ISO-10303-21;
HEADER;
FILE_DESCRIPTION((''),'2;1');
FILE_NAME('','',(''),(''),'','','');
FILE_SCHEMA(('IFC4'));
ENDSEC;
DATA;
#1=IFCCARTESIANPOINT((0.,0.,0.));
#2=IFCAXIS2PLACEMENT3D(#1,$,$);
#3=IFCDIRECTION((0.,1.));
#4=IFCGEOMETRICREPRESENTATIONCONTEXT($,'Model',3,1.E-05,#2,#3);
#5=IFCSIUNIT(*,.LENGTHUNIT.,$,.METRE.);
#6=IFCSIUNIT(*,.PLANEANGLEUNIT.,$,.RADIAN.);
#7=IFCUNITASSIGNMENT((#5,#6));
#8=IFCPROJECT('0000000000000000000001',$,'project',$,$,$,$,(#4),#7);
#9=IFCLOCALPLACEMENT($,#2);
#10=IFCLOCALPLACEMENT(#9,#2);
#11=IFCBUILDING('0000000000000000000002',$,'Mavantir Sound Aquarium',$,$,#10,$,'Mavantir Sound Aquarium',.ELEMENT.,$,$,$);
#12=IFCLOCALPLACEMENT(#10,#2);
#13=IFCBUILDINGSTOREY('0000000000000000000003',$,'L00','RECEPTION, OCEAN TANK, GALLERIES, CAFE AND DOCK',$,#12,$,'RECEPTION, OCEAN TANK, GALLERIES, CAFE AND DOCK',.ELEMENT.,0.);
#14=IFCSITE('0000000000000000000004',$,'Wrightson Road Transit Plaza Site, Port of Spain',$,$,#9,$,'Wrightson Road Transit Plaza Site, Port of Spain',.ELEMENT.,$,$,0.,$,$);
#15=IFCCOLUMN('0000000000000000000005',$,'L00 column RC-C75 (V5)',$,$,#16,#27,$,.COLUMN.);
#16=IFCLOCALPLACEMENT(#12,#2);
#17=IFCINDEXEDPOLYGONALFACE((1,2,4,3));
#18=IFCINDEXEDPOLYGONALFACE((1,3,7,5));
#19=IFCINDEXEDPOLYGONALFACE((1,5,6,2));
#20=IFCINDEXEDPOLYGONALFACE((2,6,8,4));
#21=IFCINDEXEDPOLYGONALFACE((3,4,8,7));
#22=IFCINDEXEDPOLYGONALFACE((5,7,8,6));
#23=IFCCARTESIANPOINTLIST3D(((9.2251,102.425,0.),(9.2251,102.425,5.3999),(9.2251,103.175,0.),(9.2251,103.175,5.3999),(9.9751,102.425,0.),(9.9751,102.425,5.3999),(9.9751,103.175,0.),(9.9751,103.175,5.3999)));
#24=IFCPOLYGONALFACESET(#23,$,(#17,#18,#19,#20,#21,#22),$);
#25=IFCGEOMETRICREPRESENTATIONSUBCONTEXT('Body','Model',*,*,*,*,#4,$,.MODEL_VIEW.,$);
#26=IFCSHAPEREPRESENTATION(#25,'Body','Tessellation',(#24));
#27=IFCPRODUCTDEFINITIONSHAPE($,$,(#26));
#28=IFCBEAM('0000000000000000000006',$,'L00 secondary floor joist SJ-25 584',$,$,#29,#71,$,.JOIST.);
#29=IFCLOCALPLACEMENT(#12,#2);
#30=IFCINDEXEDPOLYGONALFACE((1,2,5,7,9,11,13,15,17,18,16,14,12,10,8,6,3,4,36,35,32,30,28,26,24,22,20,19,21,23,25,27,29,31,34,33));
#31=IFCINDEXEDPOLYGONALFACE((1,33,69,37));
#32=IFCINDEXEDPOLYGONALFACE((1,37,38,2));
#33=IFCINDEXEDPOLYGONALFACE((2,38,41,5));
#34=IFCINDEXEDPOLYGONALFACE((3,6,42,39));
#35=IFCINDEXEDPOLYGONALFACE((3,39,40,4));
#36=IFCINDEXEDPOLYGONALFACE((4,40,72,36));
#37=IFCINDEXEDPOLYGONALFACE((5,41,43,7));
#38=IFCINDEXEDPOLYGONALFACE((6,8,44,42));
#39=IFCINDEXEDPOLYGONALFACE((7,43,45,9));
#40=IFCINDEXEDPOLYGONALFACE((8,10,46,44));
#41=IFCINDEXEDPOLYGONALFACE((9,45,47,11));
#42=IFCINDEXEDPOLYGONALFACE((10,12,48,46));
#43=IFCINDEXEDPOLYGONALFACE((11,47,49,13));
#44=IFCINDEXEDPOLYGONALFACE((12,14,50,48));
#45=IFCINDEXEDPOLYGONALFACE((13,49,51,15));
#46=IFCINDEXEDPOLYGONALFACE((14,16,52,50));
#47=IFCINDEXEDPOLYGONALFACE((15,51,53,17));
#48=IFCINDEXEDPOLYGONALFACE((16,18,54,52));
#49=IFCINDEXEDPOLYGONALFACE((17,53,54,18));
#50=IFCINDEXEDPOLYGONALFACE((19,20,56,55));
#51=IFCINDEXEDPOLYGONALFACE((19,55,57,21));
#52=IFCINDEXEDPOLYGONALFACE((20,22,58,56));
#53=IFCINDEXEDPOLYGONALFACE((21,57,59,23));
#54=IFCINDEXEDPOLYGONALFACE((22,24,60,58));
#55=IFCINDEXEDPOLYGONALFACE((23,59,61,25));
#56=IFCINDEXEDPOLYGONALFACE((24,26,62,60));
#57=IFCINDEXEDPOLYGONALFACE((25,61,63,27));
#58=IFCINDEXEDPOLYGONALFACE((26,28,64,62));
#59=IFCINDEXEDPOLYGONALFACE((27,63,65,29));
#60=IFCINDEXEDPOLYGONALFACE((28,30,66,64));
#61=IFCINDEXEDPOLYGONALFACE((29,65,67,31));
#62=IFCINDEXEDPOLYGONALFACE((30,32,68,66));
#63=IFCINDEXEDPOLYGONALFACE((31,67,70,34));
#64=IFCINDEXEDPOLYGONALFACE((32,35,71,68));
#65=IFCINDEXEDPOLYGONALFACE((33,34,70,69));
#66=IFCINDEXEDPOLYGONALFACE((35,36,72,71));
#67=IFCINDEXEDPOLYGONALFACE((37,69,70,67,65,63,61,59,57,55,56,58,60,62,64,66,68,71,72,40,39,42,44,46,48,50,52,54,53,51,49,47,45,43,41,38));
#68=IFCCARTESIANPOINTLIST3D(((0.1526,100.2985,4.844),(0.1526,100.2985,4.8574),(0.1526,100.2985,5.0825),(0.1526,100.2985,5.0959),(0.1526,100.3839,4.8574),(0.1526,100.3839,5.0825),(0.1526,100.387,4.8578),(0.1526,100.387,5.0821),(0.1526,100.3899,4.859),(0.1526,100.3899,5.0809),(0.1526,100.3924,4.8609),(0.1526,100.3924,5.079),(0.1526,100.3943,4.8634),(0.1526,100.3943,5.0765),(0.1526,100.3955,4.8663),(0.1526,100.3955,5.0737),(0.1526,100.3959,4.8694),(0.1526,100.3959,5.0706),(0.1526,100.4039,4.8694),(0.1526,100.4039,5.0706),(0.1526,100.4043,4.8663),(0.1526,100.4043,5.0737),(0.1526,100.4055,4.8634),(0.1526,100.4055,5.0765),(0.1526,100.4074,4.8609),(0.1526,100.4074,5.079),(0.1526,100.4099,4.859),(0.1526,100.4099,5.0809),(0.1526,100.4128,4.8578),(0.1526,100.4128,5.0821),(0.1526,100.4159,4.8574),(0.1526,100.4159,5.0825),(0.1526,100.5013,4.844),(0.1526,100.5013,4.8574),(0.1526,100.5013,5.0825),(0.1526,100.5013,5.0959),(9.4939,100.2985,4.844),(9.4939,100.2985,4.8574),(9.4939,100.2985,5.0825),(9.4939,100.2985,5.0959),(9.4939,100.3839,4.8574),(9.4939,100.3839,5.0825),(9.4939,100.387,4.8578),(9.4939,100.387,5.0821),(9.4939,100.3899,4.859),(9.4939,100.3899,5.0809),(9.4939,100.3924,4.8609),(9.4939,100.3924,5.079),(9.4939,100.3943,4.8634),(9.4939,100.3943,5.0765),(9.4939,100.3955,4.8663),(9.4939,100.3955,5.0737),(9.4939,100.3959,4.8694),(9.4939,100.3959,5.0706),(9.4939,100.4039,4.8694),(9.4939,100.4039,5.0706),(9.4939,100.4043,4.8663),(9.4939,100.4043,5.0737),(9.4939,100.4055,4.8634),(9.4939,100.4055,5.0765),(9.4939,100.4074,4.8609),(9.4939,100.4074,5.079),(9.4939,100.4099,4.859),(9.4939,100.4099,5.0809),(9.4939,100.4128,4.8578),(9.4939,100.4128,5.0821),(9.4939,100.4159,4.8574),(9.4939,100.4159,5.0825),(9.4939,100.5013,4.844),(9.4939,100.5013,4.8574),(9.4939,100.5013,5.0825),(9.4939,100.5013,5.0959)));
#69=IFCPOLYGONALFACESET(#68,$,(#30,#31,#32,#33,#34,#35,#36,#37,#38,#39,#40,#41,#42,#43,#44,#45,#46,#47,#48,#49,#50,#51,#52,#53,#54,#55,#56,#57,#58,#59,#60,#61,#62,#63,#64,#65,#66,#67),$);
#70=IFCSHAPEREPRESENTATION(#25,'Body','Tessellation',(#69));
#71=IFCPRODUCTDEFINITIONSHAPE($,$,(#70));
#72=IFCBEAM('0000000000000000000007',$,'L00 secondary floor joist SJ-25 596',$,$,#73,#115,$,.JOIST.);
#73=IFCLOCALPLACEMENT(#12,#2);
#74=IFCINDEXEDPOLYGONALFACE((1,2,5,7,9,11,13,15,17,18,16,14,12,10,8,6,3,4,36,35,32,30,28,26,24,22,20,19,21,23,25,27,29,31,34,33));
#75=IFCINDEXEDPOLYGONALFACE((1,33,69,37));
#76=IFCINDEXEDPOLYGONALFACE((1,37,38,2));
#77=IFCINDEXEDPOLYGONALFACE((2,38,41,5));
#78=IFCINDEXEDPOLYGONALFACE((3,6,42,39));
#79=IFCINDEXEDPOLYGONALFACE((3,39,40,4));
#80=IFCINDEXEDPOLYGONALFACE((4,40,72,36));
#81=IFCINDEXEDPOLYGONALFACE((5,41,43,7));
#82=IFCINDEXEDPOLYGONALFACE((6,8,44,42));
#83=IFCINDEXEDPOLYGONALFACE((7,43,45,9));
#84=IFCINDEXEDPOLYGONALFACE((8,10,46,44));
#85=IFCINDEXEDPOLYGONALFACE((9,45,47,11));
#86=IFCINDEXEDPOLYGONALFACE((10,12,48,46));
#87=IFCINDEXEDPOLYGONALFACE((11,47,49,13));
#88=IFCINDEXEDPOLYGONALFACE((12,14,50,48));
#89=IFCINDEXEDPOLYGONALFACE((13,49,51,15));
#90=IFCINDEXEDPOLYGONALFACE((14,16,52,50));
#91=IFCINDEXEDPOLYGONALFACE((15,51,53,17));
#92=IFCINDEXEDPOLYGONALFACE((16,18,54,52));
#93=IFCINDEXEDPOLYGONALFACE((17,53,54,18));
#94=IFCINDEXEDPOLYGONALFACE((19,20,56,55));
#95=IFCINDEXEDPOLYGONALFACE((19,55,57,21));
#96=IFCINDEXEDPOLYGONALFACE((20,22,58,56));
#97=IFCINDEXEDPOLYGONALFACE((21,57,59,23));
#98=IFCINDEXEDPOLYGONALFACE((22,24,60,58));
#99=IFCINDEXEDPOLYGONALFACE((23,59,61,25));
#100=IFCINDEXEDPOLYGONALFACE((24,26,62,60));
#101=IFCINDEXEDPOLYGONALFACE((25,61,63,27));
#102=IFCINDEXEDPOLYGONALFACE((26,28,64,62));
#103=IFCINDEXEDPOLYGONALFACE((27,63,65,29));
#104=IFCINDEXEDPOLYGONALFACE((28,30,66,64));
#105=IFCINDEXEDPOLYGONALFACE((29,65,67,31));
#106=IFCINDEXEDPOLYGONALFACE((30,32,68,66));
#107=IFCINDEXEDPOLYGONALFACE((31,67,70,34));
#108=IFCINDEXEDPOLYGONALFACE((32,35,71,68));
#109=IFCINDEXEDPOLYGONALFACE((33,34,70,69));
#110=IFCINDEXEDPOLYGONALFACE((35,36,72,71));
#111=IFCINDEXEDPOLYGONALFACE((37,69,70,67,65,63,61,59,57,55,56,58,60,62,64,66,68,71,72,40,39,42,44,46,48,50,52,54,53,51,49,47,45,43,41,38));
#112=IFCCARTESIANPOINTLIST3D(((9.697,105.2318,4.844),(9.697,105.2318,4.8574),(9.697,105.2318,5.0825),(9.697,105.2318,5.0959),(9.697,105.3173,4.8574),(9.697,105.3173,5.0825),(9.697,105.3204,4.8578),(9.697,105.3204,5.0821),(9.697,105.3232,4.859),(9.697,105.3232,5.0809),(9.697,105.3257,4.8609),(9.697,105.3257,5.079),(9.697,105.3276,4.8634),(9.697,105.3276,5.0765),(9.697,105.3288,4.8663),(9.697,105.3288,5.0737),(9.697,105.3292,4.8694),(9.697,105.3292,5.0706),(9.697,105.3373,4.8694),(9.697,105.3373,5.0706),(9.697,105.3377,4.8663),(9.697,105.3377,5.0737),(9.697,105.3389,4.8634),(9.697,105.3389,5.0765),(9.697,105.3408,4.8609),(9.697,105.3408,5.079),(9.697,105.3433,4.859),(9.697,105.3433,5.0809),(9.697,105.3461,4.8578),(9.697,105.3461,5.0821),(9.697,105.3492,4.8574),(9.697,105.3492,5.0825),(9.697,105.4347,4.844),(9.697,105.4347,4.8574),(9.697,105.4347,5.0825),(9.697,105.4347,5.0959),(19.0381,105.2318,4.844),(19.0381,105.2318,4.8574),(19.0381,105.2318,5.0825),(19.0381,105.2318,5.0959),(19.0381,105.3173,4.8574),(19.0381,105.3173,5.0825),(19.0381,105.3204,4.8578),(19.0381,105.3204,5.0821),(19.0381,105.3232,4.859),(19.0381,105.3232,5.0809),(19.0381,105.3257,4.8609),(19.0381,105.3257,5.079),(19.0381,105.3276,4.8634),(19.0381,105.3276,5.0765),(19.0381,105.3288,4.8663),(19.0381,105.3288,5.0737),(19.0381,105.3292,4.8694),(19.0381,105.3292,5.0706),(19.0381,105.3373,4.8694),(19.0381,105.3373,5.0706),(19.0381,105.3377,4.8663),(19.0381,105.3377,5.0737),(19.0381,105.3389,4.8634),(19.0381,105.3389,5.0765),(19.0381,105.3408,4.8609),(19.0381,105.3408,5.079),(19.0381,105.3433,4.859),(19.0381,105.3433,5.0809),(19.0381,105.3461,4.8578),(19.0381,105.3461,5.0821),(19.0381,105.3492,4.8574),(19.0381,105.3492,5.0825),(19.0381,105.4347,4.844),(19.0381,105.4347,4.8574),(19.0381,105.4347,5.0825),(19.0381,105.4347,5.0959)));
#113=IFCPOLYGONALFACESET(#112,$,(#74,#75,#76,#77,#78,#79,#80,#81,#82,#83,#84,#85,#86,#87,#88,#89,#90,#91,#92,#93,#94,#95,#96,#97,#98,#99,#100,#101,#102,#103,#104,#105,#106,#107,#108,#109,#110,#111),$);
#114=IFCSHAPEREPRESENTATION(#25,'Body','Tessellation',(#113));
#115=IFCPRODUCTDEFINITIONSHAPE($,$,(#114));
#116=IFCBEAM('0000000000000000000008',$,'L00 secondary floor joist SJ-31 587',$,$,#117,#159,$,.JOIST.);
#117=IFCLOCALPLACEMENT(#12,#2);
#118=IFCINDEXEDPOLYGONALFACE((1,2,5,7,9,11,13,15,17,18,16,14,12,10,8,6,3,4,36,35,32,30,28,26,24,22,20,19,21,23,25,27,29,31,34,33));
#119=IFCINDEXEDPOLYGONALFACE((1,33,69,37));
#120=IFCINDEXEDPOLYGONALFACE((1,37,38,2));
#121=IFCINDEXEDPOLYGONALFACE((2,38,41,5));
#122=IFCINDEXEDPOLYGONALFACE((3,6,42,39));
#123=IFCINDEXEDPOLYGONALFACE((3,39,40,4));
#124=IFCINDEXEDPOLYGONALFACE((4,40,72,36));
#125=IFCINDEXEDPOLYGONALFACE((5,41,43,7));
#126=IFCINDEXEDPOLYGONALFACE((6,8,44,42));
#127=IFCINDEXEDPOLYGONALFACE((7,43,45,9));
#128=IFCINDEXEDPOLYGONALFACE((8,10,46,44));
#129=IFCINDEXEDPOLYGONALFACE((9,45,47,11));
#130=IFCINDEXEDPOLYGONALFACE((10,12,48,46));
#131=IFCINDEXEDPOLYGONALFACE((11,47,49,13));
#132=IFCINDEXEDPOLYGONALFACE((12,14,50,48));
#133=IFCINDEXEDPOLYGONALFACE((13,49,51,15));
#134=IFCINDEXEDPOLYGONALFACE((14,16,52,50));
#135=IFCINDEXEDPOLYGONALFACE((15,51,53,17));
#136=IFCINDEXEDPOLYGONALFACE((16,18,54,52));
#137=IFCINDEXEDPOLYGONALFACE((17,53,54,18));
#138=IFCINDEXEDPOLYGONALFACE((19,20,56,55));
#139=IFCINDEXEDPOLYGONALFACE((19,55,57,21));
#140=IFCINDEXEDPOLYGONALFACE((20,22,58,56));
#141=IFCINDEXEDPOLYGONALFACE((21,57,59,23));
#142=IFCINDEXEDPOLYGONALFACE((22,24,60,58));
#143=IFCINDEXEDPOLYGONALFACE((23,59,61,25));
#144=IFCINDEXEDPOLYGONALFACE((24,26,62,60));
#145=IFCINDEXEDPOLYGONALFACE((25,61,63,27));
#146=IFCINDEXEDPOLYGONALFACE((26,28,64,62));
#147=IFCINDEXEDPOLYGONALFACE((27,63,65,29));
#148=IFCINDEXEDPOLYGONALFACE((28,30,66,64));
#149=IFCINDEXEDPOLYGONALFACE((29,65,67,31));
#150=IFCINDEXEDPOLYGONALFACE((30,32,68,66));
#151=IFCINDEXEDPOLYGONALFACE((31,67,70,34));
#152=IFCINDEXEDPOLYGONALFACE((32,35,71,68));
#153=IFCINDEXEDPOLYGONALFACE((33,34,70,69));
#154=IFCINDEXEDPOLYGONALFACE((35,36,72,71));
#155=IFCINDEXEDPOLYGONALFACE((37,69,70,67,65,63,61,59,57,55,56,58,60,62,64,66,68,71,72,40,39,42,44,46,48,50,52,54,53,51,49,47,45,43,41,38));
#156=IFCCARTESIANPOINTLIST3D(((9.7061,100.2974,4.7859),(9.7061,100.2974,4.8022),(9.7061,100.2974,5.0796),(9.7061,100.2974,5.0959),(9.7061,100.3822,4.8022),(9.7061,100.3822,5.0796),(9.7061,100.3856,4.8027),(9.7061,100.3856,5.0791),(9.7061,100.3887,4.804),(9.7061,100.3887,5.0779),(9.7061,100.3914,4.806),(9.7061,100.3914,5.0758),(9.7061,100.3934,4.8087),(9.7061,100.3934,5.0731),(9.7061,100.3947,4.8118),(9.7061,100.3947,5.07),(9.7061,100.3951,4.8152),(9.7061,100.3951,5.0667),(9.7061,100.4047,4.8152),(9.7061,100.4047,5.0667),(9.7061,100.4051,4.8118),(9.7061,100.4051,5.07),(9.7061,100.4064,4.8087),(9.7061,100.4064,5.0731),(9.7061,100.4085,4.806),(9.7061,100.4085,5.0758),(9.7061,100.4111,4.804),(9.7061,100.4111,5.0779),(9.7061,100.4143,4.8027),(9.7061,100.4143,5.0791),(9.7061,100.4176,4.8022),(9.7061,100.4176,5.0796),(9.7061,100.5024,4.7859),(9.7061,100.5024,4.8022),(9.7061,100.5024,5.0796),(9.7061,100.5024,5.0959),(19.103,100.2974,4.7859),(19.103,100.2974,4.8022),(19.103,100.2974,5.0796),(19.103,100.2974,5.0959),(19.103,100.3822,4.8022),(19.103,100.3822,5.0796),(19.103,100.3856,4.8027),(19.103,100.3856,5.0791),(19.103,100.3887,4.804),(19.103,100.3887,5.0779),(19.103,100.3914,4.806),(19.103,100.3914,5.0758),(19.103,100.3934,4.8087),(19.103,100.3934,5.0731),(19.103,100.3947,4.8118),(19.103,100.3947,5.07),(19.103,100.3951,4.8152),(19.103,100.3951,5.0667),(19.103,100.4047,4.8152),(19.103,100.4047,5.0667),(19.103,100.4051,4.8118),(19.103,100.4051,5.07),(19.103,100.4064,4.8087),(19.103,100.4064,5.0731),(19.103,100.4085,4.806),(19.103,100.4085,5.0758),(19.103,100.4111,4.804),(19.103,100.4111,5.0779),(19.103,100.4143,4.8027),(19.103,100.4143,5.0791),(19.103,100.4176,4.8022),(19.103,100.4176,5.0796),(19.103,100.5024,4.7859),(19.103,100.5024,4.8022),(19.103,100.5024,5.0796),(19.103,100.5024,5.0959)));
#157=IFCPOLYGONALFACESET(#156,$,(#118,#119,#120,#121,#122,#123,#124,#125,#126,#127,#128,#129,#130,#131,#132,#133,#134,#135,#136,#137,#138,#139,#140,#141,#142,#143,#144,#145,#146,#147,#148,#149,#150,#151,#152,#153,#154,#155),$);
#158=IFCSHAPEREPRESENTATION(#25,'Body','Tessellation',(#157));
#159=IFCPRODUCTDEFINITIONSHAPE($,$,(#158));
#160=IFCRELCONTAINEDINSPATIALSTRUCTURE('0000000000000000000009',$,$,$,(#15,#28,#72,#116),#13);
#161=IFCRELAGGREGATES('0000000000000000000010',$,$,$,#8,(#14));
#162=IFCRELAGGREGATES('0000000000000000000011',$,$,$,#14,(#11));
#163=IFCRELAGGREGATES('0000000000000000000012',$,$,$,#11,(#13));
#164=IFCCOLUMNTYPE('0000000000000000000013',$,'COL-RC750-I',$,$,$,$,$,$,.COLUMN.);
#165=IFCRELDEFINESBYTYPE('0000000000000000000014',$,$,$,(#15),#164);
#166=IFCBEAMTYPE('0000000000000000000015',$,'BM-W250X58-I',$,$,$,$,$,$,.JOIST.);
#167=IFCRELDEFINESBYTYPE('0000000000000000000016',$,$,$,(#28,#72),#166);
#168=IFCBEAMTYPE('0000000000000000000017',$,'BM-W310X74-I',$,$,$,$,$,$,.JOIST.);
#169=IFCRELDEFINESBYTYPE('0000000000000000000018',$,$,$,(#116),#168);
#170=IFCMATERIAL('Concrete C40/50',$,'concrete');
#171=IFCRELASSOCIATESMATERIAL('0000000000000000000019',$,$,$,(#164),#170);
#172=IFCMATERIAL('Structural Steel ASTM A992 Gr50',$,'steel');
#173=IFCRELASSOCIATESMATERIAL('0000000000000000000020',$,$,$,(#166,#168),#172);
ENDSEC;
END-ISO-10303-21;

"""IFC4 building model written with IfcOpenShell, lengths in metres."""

from ifc_helpers import new_model, si_unit, direction, frame, origin, origin_2d, place, context, subcontext, project, spatial, rectangle, i_section, extrude, material, material_profile, profile_set, type_object, element, save


model = new_model("IFC4")

# Units and contexts
model_context = context("Model", 3, precision=1e-05, world=origin(), true_north=direction((0.0, 1.0)))
body_context = subcontext(model_context, "Body", "Model", "MODEL_VIEW")
ifc_project = project(units=[si_unit("LENGTHUNIT", "METRE"), si_unit("PLANEANGLEUNIT", "RADIAN")], contexts=[model_context])

# Site, building, storey
site_placement = place(None, origin())
site = spatial("IfcSite", under=ifc_project, at=site_placement, Name="Wrightson Road Transit Plaza Site, Port of Spain", LongName="Wrightson Road Transit Plaza Site, Port of Spain", CompositionType="ELEMENT", RefElevation=0.0)
building_placement = place(site_placement, origin())
building = spatial("IfcBuilding", under=site, at=building_placement, Name="Mavantir Sound Aquarium", LongName="Mavantir Sound Aquarium", CompositionType="ELEMENT")
storey_placement = place(building_placement, origin())
storey = spatial("IfcBuildingStorey", under=building, at=storey_placement, Name="L00", Description="RECEPTION, OCEAN TANK, GALLERIES, CAFE AND DOCK", LongName="RECEPTION, OCEAN TANK, GALLERIES, CAFE AND DOCK", CompositionType="ELEMENT", Elevation=0.0)

# Column
ifc_material_1 = material(Name="Concrete C40/50", Category="concrete")
ifc_material_profile_1 = material_profile(ifc_material_1, rectangle(XDim=0.75, YDim=0.75, at=origin_2d()), Name="RC 750X750")
ifc_profile_set_1 = profile_set([ifc_material_profile_1], Name="Concrete C40/50")
column_type = type_object("IfcColumnType", Name="COL-RC750-I", PredefinedType="COLUMN", material=ifc_profile_set_1)
column_placement = place(storey_placement, frame((9.6001, 102.8, 0.0), z_axis=(0.0, 0.0, 1.0), x_axis=(1.0, 0.0, 0.0)))
element("IfcColumn", 1, at=column_placement, inside=storey, type_object=column_type, Name="L00 column RC-C75 (V5)", PredefinedType="COLUMN", context=body_context, shape_type="SweptSolid", body=[
    extrude(rectangle(XDim=0.75, YDim=0.75, at=origin_2d()), origin(), (0.0, 0.0, 1.0), 5.3999),
])

# Beams
ifc_material_2 = material(Name="Structural Steel ASTM A992 Gr50", Category="steel")
ifc_material_profile_2 = material_profile(ifc_material_2, i_section(OverallWidth=0.2029, OverallDepth=0.252, WebThickness=0.0081, FlangeThickness=0.0134, FilletRadius=0.012, at=origin_2d()), Name="W250X58")
ifc_profile_set_2 = profile_set([ifc_material_profile_2], Name="Structural Steel ASTM A992 Gr50")
beam_type_1 = type_object("IfcBeamType", Name="BM-W250X58-I", PredefinedType="JOIST", material=ifc_profile_set_2)
beam_1_placement = place(storey_placement, frame((0.1526, 100.3999, 4.97), z_axis=(1.0, 0.0, 0.0), x_axis=(0.0, 1.0, 0.0)))
element("IfcBeam", 2, at=beam_1_placement, inside=storey, type_object=beam_type_1, Name="L00 secondary floor joist SJ-25 584", PredefinedType="JOIST", context=body_context, shape_type="SweptSolid", body=[
    extrude(i_section(OverallWidth=0.2029, OverallDepth=0.252, WebThickness=0.0081, FlangeThickness=0.0134, FilletRadius=0.012, at=origin_2d()), origin(), (0.0, 0.0, 1.0), 9.3413),
])
beam_2_placement = place(storey_placement, frame((9.697, 105.3333, 4.97), z_axis=(1.0, 0.0, 0.0), x_axis=(0.0, 1.0, 0.0)))
element("IfcBeam", 3, at=beam_2_placement, inside=storey, type_object=beam_type_1, Name="L00 secondary floor joist SJ-25 596", PredefinedType="JOIST", context=body_context, shape_type="SweptSolid", body=[
    extrude(i_section(OverallWidth=0.2029, OverallDepth=0.252, WebThickness=0.0081, FlangeThickness=0.0134, FilletRadius=0.012, at=origin_2d()), origin(), (0.0, 0.0, 1.0), 9.3411),
])
ifc_material_profile_3 = material_profile(ifc_material_2, i_section(OverallWidth=0.2051, OverallDepth=0.3101, WebThickness=0.0095, FlangeThickness=0.0164, FilletRadius=0.0129, at=origin_2d()), Name="W310X74")
ifc_profile_set_3 = profile_set([ifc_material_profile_3], Name="Structural Steel ASTM A992 Gr50")
beam_type_2 = type_object("IfcBeamType", Name="BM-W310X74-I", PredefinedType="JOIST", material=ifc_profile_set_3)
beam_3_placement = place(storey_placement, frame((9.7061, 100.3999, 4.9409), z_axis=(1.0, 0.0, 0.0), x_axis=(0.0, 1.0, 0.0)))
element("IfcBeam", 4, at=beam_3_placement, inside=storey, type_object=beam_type_2, Name="L00 secondary floor joist SJ-31 587", PredefinedType="JOIST", context=body_context, shape_type="SweptSolid", body=[
    extrude(i_section(OverallWidth=0.2051, OverallDepth=0.3101, WebThickness=0.0095, FlangeThickness=0.0164, FilletRadius=0.0129, at=origin_2d()), origin(), (0.0, 0.0, 1.0), 9.397),
])

save(model, "model.ifc")
